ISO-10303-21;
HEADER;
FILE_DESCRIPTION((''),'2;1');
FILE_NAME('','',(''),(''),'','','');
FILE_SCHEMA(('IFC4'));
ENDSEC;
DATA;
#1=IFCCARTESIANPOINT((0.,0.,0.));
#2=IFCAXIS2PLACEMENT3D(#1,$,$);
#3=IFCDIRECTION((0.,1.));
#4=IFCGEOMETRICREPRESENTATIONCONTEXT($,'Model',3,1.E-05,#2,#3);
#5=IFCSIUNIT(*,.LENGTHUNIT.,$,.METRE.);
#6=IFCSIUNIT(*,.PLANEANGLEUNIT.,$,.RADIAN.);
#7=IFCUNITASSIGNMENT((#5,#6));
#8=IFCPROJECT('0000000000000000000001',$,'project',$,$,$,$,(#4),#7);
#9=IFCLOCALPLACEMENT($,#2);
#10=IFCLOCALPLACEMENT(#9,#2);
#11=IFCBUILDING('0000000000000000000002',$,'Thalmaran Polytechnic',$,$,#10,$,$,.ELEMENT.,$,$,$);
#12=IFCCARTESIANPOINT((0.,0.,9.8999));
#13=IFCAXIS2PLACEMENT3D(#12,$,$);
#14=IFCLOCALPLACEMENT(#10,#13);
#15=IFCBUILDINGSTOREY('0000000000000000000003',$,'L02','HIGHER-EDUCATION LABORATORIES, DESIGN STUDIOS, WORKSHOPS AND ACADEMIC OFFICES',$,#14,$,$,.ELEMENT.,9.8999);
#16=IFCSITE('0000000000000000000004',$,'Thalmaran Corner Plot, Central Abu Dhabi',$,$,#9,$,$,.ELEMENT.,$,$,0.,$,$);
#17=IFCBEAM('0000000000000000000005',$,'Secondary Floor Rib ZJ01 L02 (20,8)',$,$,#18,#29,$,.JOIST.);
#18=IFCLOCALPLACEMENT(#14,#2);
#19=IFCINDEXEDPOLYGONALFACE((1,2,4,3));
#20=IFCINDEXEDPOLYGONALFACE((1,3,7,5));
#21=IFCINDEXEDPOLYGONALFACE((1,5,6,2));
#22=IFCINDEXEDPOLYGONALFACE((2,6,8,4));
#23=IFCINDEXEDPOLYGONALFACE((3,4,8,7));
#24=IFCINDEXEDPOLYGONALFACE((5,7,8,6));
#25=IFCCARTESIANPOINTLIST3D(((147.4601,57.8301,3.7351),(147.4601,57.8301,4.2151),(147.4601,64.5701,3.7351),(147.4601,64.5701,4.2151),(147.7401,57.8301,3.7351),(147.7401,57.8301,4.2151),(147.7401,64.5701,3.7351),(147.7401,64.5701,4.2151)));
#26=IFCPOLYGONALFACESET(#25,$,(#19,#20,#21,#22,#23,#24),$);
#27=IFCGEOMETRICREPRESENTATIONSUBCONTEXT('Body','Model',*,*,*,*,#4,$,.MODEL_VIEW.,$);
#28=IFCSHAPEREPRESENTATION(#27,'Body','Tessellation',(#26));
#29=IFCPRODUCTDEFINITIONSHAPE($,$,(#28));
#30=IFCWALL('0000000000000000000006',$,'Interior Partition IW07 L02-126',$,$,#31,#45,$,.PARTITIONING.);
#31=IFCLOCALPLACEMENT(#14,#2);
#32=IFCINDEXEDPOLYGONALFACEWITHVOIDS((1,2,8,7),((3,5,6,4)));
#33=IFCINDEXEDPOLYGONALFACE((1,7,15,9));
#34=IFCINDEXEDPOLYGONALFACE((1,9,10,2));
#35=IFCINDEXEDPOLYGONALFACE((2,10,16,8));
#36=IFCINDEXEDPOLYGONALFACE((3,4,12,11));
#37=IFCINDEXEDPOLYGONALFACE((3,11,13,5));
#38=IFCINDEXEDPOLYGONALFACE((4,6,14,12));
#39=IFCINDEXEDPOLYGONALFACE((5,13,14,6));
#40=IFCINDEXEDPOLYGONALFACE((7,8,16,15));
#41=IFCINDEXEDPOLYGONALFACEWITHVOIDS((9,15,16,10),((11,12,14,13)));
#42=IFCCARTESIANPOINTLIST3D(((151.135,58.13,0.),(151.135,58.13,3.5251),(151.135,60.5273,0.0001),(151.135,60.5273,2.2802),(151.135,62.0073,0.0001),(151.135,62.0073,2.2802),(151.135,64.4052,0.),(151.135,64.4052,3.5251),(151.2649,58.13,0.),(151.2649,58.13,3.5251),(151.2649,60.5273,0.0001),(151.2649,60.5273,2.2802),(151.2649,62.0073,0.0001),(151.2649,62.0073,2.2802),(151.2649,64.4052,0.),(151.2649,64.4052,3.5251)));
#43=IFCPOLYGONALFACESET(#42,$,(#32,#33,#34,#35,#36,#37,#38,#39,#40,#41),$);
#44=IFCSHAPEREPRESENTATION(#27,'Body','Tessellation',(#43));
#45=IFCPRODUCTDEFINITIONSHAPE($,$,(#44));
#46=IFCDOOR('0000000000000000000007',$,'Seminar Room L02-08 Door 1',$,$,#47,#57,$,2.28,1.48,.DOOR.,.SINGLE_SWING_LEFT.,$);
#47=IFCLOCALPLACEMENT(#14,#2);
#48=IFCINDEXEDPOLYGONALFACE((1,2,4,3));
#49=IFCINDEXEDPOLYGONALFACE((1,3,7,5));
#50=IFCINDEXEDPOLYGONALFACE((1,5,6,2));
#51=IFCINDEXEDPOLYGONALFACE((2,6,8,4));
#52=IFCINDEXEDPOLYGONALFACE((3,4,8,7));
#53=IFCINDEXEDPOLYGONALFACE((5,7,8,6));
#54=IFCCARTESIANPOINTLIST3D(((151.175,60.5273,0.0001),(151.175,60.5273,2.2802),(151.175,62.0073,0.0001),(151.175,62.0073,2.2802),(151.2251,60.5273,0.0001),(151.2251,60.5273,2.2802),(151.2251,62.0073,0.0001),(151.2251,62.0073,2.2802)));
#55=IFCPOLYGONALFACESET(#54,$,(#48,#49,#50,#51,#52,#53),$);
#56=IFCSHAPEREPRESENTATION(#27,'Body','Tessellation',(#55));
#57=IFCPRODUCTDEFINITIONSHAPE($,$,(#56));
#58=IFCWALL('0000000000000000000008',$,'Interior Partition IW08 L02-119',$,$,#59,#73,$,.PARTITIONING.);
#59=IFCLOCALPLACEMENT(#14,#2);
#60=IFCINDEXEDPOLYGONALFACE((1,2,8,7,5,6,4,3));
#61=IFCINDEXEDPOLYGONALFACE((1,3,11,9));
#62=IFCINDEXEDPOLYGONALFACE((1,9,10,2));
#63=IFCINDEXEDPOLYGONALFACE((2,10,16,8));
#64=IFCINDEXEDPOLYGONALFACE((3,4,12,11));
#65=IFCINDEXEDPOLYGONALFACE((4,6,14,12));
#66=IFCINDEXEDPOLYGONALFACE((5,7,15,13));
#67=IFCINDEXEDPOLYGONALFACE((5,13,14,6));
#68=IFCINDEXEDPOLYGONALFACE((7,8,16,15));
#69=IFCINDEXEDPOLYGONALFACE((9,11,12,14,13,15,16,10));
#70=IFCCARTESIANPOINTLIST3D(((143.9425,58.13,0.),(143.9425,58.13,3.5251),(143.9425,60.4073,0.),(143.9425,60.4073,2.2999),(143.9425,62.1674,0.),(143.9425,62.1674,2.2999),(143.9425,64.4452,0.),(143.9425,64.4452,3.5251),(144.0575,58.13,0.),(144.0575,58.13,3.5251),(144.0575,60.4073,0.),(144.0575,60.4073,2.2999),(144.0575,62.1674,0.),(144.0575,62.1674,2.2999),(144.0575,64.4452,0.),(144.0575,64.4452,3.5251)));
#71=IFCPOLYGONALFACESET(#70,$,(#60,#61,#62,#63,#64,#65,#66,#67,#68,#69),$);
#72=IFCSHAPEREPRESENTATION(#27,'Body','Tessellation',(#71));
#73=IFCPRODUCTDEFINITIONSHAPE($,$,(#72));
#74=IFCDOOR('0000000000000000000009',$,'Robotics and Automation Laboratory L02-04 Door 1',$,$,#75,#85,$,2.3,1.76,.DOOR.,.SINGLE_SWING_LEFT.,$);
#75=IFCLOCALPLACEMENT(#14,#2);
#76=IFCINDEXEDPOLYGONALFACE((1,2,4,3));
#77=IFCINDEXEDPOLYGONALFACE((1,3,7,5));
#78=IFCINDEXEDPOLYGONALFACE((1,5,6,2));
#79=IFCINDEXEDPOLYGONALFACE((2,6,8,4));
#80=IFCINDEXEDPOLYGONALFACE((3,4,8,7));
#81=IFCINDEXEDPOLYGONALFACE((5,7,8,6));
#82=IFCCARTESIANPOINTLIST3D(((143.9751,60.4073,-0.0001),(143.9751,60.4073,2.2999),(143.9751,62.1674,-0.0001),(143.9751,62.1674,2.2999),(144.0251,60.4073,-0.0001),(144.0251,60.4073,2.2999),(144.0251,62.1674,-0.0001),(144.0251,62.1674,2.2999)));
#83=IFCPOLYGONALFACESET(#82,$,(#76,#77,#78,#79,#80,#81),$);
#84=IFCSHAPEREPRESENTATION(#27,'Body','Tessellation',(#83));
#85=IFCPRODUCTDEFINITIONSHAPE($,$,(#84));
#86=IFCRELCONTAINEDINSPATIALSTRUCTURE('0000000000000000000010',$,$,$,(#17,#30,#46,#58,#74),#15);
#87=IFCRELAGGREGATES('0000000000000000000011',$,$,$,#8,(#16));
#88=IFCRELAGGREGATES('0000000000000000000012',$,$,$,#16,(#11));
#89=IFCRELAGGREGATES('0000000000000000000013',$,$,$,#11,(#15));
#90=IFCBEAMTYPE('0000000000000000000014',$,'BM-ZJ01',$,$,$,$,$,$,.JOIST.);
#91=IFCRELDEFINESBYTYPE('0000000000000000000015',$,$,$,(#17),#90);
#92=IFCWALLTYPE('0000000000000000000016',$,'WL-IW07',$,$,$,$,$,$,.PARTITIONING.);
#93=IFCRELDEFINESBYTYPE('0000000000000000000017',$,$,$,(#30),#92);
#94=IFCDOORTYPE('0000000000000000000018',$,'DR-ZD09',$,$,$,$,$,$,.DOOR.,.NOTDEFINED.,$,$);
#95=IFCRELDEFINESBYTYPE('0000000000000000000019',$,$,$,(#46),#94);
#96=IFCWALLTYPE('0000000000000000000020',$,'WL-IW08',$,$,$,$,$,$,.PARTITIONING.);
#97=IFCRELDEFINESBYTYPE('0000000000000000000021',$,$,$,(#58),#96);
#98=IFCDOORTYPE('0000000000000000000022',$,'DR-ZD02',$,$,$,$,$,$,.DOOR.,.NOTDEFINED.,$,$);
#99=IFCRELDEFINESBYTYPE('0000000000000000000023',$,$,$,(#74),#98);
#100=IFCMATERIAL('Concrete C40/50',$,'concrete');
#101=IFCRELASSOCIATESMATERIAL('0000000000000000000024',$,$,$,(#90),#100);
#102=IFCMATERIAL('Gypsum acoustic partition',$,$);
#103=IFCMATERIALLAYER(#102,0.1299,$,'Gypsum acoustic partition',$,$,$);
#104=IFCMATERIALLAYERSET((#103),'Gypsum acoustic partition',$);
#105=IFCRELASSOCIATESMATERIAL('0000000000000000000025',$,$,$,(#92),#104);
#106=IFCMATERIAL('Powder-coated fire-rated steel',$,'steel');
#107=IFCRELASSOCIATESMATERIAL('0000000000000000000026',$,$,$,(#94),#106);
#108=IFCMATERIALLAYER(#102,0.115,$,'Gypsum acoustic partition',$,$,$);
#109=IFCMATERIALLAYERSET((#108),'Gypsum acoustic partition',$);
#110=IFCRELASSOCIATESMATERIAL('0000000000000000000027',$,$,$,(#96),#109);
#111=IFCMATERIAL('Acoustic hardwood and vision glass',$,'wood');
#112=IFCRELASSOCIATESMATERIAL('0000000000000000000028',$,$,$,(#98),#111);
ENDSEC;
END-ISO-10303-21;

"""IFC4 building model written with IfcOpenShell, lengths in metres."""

from ifc_helpers import new_model, si_unit, direction, frame, frame_2d, origin, origin_2d, place, context, subcontext, project, spatial, rectangle, extrude, material, layer, layer_set, material_profile, profile_set, type_object, element, fill, save


model = new_model("IFC4")

# Units and contexts
model_context = context("Model", 3, precision=1e-05, world=origin(), true_north=direction((0.0, 1.0)))
body_context = subcontext(model_context, "Body", "Model", "MODEL_VIEW")
ifc_project = project(units=[si_unit("LENGTHUNIT", "METRE"), si_unit("PLANEANGLEUNIT", "RADIAN")], contexts=[model_context])

# Site, building, storey
site_placement = place(None, origin())
site = spatial("IfcSite", under=ifc_project, at=site_placement, Name="Thalmaran Corner Plot, Central Abu Dhabi", CompositionType="ELEMENT", RefElevation=0.0)
building_placement = place(site_placement, origin())
building = spatial("IfcBuilding", under=site, at=building_placement, Name="Thalmaran Polytechnic", CompositionType="ELEMENT")
storey_placement = place(building_placement, frame((0.0, 0.0, 9.8999)))
storey = spatial("IfcBuildingStorey", under=building, at=storey_placement, Name="L02", Description="HIGHER-EDUCATION LABORATORIES, DESIGN STUDIOS, WORKSHOPS AND ACADEMIC OFFICES", CompositionType="ELEMENT", Elevation=9.8999)

# Beam
ifc_material_1 = material(Name="Concrete C40/50", Category="concrete")
ifc_material_profile_1 = material_profile(ifc_material_1, rectangle(XDim=0.28, YDim=0.48, at=origin_2d()), Name="RC 280x480")
ifc_profile_set_1 = profile_set([ifc_material_profile_1], Name="Concrete C40/50")
beam_type_1 = type_object("IfcBeamType", Name="BM-ZJ01", PredefinedType="JOIST", material=ifc_profile_set_1)
beam_1_placement = place(storey_placement, frame((147.6001, 57.8301, 3.9751), z_axis=(0.0, 1.0, 0.0), x_axis=(-1.0, 0.0, 0.0)))
element("IfcBeam", 1, at=beam_1_placement, inside=storey, type_object=beam_type_1, Name="Secondary Floor Rib ZJ01 L02 (20,8)", PredefinedType="JOIST", context=body_context, shape_type="SweptSolid", body=[
    extrude(rectangle(XDim=0.28, YDim=0.48, at=origin_2d()), origin(), (0.0, 0.0, 1.0), 6.74),
])

# Walls, openings, doors
ifc_material_2 = material(Name="Gypsum acoustic partition")
ifc_layer_1 = layer(ifc_material_2, 0.1299, Name="Gypsum acoustic partition")
ifc_layer_set_1 = layer_set([ifc_layer_1], Name="Gypsum acoustic partition")
wall_type_1 = type_object("IfcWallType", Name="WL-IW07", PredefinedType="PARTITIONING", material=ifc_layer_set_1)
wall_1_placement = place(storey_placement, frame((151.2, 58.1299, 0.0), z_axis=(0.0, 0.0, 1.0), x_axis=(0.0, 1.0, 0.0)))
wall_1 = element("IfcWall", 2, at=wall_1_placement, inside=storey, type_object=wall_type_1, Name="Interior Partition IW07 L02-126", PredefinedType="PARTITIONING", context=body_context, shape_type="SweptSolid", body=[
    extrude(rectangle(XDim=6.2751, YDim=0.1299, at=frame_2d((3.1377, 0.0))), origin(), (0.0, 0.0, 1.0), 3.5251),
])
opening_1_placement = place(wall_1_placement, frame((2.3975, 0.0, 0.0)))
opening_1 = element("IfcOpeningElement", 3, at=opening_1_placement, cuts=wall_1, PredefinedType="OPENING", context=body_context, shape_type="SweptSolid", body=[
    extrude(rectangle(XDim=1.48, YDim=2.28, at=frame_2d((0.74, 1.1401))), frame((0.0, 0.075, 0.0), z_axis=(0.0, -1.0, 0.0), x_axis=(1.0, 0.0, 0.0)), (0.0, 0.0, 1.0), 0.1499),
])
ifc_material_3 = material(Name="Powder-coated fire-rated steel", Category="steel")
door_type_1 = type_object("IfcDoorType", Name="DR-ZD09", OperationType="NOTDEFINED", PredefinedType="DOOR", material=ifc_material_3)
door_1_placement = place(opening_1_placement, origin())
door_1 = element("IfcDoor", 4, at=door_1_placement, inside=storey, type_object=door_type_1, Name="Seminar Room L02-08 Door 1", OperationType="SINGLE_SWING_LEFT", OverallHeight=2.28, OverallWidth=1.48, PredefinedType="DOOR", context=body_context, shape_type="SweptSolid", body=[
    extrude(rectangle(XDim=1.48, YDim=2.28, at=frame_2d((0.74, 1.1401))), frame((0.0, 0.0249, 0.0), z_axis=(0.0, -1.0, 0.0), x_axis=(1.0, 0.0, 0.0)), (0.0, 0.0, 1.0), 0.05),
])
fill(opening_1, door_1)
ifc_layer_2 = layer(ifc_material_2, 0.115, Name="Gypsum acoustic partition")
ifc_layer_set_2 = layer_set([ifc_layer_2], Name="Gypsum acoustic partition")
wall_type_2 = type_object("IfcWallType", Name="WL-IW08", PredefinedType="PARTITIONING", material=ifc_layer_set_2)
wall_2_placement = place(storey_placement, frame((144.0, 58.1299, 0.0), z_axis=(0.0, 0.0, 1.0), x_axis=(0.0, 1.0, 0.0)))
wall_2 = element("IfcWall", 5, at=wall_2_placement, inside=storey, type_object=wall_type_2, Name="Interior Partition IW08 L02-119", PredefinedType="PARTITIONING", context=body_context, shape_type="SweptSolid", body=[
    extrude(rectangle(XDim=6.3152, YDim=0.115, at=frame_2d((3.1577, 0.0))), origin(), (0.0, 0.0, 1.0), 3.5251),
])
opening_2_placement = place(wall_2_placement, frame((2.2776, 0.0, 0.0)))
opening_2 = element("IfcOpeningElement", 6, at=opening_2_placement, cuts=wall_2, PredefinedType="OPENING", context=body_context, shape_type="SweptSolid", body=[
    extrude(rectangle(XDim=1.76, YDim=2.3, at=frame_2d((0.8799, 1.1499))), frame((0.0, 0.0674, 0.0), z_axis=(0.0, -1.0, 0.0), x_axis=(1.0, 0.0, 0.0)), (0.0, 0.0, 1.0), 0.135),
])
ifc_material_4 = material(Name="Acoustic hardwood and vision glass", Category="wood")
door_type_2 = type_object("IfcDoorType", Name="DR-ZD02", OperationType="NOTDEFINED", PredefinedType="DOOR", material=ifc_material_4)
door_2_placement = place(opening_2_placement, origin())
door_2 = element("IfcDoor", 7, at=door_2_placement, inside=storey, type_object=door_type_2, Name="Robotics and Automation Laboratory L02-04 Door 1", OperationType="SINGLE_SWING_LEFT", OverallHeight=2.3, OverallWidth=1.76, PredefinedType="DOOR", context=body_context, shape_type="SweptSolid", body=[
    extrude(rectangle(XDim=1.76, YDim=2.3, at=frame_2d((0.8799, 1.1499))), frame((0.0, 0.0249, 0.0), z_axis=(0.0, -1.0, 0.0), x_axis=(1.0, 0.0, 0.0)), (0.0, 0.0, 1.0), 0.05),
])
fill(opening_2, door_2)

save(model, "model.ifc")
